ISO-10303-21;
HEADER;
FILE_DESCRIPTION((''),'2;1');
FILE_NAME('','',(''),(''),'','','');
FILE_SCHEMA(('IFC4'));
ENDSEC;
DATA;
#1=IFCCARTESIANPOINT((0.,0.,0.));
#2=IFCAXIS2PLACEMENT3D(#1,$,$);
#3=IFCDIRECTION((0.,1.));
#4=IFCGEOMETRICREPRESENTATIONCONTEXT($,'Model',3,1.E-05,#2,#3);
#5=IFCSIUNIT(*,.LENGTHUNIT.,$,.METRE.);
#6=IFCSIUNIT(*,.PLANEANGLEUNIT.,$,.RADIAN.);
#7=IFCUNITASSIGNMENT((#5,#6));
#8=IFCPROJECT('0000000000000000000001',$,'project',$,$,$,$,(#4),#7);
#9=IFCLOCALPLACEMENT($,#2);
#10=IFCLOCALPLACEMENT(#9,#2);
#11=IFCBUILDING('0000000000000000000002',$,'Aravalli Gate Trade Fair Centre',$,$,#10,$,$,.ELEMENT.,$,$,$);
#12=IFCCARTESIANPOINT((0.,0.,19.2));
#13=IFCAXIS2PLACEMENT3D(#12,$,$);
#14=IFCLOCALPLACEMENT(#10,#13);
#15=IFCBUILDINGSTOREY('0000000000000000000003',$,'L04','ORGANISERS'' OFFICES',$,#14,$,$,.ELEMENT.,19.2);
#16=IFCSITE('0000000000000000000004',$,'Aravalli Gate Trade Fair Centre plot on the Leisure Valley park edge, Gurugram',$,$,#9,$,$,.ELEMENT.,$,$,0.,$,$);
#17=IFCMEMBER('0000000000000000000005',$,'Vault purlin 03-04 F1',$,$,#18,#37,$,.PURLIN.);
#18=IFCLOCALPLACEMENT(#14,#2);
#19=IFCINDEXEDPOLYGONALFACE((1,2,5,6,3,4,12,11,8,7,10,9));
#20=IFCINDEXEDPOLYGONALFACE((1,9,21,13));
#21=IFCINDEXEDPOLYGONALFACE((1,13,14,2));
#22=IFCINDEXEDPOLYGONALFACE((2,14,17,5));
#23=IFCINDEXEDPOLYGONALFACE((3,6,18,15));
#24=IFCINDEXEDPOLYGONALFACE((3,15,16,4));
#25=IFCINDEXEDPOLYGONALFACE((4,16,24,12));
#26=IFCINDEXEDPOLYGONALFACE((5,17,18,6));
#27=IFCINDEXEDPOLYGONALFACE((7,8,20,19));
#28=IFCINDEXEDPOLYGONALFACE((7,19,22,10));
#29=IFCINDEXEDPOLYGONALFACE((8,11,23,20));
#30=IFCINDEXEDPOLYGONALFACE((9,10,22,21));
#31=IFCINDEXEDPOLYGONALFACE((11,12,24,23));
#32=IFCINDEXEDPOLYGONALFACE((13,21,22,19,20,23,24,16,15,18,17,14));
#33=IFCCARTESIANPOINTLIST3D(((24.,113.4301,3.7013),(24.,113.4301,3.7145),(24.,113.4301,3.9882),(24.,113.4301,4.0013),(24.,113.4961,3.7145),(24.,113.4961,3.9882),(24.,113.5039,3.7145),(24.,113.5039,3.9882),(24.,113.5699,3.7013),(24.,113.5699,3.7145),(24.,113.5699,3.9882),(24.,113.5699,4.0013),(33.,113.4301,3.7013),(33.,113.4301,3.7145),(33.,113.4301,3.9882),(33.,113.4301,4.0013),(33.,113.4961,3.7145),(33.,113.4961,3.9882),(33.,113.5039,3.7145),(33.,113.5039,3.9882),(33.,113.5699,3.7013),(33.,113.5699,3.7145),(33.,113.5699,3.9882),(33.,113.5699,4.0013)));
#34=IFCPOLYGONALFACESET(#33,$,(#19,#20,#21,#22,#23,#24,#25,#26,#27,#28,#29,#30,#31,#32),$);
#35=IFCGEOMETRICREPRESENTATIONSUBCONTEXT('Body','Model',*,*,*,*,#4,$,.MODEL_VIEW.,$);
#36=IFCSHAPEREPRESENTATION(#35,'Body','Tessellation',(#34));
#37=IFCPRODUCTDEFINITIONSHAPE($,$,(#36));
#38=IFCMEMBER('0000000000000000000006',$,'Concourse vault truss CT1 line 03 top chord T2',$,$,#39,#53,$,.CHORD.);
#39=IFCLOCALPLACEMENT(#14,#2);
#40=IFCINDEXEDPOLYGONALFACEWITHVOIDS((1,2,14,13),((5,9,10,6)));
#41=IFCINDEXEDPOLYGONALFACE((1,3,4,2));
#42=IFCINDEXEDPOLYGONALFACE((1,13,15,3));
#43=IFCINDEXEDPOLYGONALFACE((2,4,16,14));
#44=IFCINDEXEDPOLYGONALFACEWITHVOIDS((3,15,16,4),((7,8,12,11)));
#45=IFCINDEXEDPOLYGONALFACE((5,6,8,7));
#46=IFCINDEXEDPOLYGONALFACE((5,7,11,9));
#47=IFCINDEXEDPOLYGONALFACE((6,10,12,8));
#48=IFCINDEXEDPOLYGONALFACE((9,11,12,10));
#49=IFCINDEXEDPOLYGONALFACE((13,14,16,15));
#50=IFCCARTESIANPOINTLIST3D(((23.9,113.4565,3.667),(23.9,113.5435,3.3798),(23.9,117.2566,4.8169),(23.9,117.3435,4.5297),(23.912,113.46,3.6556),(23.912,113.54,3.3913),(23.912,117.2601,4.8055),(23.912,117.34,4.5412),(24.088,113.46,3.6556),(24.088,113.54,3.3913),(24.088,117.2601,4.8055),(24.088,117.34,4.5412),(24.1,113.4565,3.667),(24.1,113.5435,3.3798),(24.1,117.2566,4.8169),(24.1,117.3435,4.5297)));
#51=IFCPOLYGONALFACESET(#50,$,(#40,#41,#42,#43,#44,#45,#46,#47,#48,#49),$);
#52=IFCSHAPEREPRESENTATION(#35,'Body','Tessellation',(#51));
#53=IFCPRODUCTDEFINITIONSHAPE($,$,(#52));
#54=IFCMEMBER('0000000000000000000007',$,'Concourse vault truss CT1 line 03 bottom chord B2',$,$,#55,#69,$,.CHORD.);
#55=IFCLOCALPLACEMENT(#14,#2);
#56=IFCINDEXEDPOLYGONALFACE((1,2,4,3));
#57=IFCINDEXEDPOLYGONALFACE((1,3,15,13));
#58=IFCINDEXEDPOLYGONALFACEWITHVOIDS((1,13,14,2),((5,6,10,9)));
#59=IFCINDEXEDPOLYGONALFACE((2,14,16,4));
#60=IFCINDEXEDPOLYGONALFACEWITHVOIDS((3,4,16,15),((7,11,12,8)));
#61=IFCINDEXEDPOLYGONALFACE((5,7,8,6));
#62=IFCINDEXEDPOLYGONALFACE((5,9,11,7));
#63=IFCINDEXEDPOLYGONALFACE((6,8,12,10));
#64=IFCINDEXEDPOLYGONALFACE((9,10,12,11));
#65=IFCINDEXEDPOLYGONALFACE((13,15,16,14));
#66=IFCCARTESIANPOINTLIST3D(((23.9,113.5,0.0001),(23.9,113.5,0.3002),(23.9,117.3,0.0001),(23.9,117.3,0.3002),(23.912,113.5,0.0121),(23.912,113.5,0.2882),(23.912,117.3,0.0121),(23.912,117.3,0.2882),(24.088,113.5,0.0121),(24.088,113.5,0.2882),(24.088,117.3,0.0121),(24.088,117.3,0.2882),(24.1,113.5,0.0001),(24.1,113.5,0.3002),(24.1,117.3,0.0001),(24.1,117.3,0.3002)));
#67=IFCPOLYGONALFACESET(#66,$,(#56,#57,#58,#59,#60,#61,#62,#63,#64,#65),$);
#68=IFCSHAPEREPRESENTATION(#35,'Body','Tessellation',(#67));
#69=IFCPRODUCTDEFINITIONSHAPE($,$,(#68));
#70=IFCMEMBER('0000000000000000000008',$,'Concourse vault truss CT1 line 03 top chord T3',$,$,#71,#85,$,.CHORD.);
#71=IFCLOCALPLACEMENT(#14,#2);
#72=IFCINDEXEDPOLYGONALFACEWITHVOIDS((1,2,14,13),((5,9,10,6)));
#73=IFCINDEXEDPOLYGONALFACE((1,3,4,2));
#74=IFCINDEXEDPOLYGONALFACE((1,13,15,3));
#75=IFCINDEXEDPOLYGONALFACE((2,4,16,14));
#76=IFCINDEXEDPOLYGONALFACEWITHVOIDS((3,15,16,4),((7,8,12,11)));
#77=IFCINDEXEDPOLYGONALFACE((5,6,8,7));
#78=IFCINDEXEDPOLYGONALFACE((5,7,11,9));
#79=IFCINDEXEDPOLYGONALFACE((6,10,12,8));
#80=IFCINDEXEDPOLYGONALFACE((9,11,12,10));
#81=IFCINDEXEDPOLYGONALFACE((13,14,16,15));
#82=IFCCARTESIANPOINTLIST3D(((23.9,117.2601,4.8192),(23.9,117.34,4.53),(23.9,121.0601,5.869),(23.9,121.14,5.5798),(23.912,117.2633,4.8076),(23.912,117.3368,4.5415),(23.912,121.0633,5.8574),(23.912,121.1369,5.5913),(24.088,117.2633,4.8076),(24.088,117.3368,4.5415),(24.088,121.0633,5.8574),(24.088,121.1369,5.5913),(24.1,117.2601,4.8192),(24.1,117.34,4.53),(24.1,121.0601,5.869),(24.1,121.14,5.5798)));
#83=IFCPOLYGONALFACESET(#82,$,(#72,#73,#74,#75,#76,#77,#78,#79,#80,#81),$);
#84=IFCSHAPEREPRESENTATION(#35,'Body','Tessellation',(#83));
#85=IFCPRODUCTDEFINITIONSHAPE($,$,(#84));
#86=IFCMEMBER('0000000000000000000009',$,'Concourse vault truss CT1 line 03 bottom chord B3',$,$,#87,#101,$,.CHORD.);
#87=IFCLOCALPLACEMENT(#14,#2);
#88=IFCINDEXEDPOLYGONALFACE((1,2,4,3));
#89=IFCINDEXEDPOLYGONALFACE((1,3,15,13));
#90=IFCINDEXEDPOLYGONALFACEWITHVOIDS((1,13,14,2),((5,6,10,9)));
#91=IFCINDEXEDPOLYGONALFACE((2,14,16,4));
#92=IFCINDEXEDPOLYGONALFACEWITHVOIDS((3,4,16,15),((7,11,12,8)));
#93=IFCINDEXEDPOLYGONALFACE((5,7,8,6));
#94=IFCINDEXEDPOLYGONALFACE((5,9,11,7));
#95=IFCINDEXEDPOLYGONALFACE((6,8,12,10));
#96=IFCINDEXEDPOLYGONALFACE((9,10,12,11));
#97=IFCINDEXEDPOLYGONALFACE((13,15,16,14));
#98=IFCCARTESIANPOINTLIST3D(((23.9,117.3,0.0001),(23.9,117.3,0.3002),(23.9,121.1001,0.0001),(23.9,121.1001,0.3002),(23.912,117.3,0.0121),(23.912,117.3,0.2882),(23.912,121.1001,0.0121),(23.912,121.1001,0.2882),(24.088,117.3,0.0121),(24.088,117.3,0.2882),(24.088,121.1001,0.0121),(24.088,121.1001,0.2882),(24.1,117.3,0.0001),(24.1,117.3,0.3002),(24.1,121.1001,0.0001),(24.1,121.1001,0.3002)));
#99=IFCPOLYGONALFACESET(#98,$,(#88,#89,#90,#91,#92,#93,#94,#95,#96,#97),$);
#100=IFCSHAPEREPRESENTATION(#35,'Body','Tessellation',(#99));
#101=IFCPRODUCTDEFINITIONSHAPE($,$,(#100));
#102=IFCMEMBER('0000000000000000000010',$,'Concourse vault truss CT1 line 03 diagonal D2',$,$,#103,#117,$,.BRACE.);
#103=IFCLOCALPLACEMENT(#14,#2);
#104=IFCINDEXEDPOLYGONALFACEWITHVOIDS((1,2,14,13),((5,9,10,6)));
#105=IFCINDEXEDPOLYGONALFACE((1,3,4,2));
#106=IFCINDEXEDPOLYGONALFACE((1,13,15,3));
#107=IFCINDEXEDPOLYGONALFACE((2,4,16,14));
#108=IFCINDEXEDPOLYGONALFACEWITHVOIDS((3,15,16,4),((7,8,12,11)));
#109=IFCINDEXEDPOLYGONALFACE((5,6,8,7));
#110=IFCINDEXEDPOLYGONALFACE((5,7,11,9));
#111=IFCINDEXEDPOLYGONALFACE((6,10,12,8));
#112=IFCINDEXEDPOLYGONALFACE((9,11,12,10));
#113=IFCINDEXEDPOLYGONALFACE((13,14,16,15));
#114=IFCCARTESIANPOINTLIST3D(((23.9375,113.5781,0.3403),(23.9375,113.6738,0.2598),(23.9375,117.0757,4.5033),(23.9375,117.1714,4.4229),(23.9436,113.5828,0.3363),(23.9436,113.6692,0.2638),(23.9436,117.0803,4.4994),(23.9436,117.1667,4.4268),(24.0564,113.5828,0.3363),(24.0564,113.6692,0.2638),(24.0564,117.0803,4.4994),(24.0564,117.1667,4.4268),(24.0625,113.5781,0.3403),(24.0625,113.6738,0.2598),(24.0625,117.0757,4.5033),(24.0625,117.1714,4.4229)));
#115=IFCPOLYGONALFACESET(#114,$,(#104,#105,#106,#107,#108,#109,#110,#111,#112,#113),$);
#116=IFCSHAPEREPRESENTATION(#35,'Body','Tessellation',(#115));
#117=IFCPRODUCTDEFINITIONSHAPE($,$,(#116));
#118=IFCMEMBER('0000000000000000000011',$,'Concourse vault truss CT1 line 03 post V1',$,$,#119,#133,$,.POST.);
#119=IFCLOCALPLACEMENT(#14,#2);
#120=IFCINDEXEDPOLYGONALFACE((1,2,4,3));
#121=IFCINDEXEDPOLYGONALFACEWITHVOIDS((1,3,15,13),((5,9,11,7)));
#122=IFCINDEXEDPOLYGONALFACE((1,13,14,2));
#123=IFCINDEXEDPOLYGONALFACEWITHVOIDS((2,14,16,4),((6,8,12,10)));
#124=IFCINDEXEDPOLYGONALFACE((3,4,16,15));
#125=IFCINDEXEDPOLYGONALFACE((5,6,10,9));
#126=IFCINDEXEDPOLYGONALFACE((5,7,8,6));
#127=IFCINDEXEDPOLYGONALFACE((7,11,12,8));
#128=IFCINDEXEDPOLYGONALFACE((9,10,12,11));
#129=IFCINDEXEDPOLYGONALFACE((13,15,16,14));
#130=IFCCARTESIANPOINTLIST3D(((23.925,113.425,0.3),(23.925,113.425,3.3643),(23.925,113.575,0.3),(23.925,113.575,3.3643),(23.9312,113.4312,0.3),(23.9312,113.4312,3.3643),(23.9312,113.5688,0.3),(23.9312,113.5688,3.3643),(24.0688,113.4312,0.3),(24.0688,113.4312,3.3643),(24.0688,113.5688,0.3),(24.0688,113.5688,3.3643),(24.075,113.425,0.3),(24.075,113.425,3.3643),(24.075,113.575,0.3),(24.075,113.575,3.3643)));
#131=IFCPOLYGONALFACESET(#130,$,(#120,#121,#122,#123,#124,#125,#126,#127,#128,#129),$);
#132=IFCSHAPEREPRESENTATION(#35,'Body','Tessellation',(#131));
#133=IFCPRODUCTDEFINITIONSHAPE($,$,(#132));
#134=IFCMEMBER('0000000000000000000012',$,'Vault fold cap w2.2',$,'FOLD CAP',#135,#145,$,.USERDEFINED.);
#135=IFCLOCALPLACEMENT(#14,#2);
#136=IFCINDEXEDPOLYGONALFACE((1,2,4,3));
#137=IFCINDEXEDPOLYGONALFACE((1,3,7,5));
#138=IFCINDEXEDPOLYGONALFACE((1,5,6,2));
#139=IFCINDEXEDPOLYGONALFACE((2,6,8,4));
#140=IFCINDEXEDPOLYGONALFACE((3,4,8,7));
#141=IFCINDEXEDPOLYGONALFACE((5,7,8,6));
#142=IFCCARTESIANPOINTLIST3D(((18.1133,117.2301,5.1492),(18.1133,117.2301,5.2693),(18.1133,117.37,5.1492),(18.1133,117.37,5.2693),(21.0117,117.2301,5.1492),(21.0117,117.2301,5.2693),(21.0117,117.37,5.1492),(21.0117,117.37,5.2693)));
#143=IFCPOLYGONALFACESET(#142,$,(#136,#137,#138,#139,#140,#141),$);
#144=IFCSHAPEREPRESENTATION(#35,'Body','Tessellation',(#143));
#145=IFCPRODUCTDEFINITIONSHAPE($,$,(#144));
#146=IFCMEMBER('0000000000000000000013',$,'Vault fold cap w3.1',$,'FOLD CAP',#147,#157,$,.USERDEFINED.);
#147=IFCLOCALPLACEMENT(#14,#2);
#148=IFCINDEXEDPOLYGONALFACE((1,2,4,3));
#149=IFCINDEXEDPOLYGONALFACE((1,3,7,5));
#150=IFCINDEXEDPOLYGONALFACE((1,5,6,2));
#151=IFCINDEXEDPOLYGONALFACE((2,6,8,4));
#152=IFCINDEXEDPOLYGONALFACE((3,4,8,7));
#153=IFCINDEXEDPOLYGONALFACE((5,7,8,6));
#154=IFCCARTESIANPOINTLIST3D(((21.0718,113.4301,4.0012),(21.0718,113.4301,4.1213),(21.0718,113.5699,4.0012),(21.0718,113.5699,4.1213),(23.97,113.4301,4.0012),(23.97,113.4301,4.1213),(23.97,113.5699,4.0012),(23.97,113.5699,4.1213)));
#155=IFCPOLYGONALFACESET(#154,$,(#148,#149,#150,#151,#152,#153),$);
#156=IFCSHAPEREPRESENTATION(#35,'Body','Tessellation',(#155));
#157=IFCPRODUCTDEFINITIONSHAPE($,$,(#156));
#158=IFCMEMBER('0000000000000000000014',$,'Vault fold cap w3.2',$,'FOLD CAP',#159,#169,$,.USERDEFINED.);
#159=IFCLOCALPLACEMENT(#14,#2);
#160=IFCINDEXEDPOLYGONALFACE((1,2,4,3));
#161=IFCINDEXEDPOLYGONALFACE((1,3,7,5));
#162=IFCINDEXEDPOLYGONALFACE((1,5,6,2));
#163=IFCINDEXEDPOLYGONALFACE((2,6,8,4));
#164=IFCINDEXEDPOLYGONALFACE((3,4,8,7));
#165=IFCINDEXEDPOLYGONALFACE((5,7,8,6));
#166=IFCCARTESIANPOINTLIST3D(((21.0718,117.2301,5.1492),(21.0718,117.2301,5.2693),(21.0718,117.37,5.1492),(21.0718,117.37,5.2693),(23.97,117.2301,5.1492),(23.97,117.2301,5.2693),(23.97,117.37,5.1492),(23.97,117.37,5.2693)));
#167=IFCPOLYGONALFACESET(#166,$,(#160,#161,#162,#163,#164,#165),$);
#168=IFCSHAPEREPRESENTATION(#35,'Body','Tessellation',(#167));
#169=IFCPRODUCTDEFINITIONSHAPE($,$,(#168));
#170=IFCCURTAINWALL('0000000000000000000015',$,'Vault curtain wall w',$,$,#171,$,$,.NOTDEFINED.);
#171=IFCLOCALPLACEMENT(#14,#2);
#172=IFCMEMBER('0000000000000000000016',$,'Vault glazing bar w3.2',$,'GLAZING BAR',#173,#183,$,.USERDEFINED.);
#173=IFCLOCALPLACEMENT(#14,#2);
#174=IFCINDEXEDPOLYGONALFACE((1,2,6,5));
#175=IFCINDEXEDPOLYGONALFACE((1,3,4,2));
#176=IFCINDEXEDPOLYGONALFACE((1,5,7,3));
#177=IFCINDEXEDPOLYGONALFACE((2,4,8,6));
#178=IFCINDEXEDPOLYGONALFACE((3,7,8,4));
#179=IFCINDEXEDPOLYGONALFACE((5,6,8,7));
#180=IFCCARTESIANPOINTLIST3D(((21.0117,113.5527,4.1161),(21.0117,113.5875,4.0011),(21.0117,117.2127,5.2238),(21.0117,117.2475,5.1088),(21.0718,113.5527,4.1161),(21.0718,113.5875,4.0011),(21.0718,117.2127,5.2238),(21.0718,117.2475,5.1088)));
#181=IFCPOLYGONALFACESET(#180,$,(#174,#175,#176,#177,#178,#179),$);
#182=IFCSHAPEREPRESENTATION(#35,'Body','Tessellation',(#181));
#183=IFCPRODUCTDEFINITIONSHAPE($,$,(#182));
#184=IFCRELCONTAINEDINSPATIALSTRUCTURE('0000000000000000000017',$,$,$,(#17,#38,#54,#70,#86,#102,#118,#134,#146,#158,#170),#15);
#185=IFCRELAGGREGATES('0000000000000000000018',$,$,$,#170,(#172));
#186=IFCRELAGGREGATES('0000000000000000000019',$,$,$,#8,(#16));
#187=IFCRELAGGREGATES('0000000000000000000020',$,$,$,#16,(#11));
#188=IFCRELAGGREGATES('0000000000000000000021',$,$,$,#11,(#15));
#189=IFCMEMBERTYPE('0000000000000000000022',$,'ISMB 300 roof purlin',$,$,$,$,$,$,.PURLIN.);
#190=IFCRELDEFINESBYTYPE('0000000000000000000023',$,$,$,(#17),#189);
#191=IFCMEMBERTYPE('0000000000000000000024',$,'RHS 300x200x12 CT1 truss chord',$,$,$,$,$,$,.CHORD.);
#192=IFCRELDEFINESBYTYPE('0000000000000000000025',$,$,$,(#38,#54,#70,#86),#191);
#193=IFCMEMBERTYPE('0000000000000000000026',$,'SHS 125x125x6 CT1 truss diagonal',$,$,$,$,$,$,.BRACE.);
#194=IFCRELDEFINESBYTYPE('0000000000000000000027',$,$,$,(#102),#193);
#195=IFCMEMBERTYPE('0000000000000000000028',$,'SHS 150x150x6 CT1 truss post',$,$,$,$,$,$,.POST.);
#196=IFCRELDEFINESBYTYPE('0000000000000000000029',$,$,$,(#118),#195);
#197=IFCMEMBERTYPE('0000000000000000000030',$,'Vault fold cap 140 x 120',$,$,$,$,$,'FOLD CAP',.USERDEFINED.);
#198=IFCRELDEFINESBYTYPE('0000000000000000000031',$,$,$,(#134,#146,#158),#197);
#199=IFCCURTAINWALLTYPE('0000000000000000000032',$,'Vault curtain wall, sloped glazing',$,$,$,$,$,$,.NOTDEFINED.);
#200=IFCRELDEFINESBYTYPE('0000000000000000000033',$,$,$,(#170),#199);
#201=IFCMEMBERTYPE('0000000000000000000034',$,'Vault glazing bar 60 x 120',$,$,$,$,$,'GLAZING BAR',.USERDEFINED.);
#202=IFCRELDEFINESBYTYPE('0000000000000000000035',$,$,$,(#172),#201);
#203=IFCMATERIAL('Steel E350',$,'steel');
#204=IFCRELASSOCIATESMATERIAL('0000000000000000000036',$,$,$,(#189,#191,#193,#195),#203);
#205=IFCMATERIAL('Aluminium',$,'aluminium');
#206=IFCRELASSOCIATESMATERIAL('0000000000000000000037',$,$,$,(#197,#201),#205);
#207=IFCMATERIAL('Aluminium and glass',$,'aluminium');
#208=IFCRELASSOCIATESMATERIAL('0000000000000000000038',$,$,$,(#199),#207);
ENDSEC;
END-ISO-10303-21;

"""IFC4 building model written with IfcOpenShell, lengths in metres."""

from ifc_helpers import new_model, si_unit, direction, frame, origin, origin_2d, place, context, subcontext, project, spatial, rectangle, hollow_rectangle, i_section, extrude, material, material_profile, profile_set, type_object, element, aggregate, save


model = new_model("IFC4")

# Units and contexts
model_context = context("Model", 3, precision=1e-05, world=origin(), true_north=direction((0.0, 1.0)))
body_context = subcontext(model_context, "Body", "Model", "MODEL_VIEW")
ifc_project = project(units=[si_unit("LENGTHUNIT", "METRE"), si_unit("PLANEANGLEUNIT", "RADIAN")], contexts=[model_context])

# Site, building, storey
site_placement = place(None, origin())
site = spatial("IfcSite", under=ifc_project, at=site_placement, Name="Aravalli Gate Trade Fair Centre plot on the Leisure Valley park edge, Gurugram", CompositionType="ELEMENT", RefElevation=0.0)
building_placement = place(site_placement, origin())
building = spatial("IfcBuilding", under=site, at=building_placement, Name="Aravalli Gate Trade Fair Centre", CompositionType="ELEMENT")
storey_placement = place(building_placement, frame((0.0, 0.0, 19.2)))
storey = spatial("IfcBuildingStorey", under=building, at=storey_placement, Name="L04", Description="ORGANISERS' OFFICES", CompositionType="ELEMENT", Elevation=19.2)

# Members
ifc_material_1 = material(Name="Steel E350", Category="steel")
ifc_material_profile_1 = material_profile(ifc_material_1, i_section(OverallWidth=0.1399, OverallDepth=0.3, WebThickness=0.0078, FlangeThickness=0.0132, at=origin_2d()), Name="ISMB 300")
ifc_profile_set_1 = profile_set([ifc_material_profile_1], Name="Steel E350")
member_type_1 = type_object("IfcMemberType", Name="ISMB 300 roof purlin", PredefinedType="PURLIN", material=ifc_profile_set_1)
member_1_placement = place(storey_placement, frame((24.0, 113.5, 3.8513), z_axis=(1.0, 0.0, 0.0), x_axis=(0.0, 1.0, 0.0)))
element("IfcMember", 1, at=member_1_placement, inside=storey, type_object=member_type_1, Name="Vault purlin 03-04 F1", PredefinedType="PURLIN", context=body_context, shape_type="SweptSolid", body=[
    extrude(i_section(OverallWidth=0.1399, OverallDepth=0.3, WebThickness=0.0078, FlangeThickness=0.0132, at=origin_2d()), origin(), (0.0, 0.0, 1.0), 9.0),
])
ifc_material_profile_2 = material_profile(ifc_material_1, hollow_rectangle(XDim=0.2, YDim=0.3, WallThickness=0.012, at=origin_2d()), Name="RHS 300x200x12")
ifc_profile_set_2 = profile_set([ifc_material_profile_2], Name="Steel E350")
member_type_2 = type_object("IfcMemberType", Name="RHS 300x200x12 CT1 truss chord", PredefinedType="CHORD", material=ifc_profile_set_2)
member_2_placement = place(storey_placement, frame((24.0, 113.5, 3.5234), z_axis=(0.0, 0.957138, 0.289632), x_axis=(-1.0, 0.0, 0.0)))
element("IfcMember", 2, at=member_2_placement, inside=storey, type_object=member_type_2, Name="Concourse vault truss CT1 line 03 top chord T2", PredefinedType="CHORD", context=body_context, shape_type="SweptSolid", body=[
    extrude(hollow_rectangle(XDim=0.2, YDim=0.3, WallThickness=0.012, at=origin_2d()), origin(), (0.0, 0.0, 1.0), 3.9702),
])
member_3_placement = place(storey_placement, frame((24.0, 113.5, 0.1501), z_axis=(0.0, 1.0, 0.0), x_axis=(-1.0, 0.0, 0.0)))
element("IfcMember", 3, at=member_3_placement, inside=storey, type_object=member_type_2, Name="Concourse vault truss CT1 line 03 bottom chord B2", PredefinedType="CHORD", context=body_context, shape_type="SweptSolid", body=[
    extrude(hollow_rectangle(XDim=0.2, YDim=0.3, WallThickness=0.012, at=origin_2d()), origin(), (0.0, 0.0, 1.0), 3.8),
])
member_4_placement = place(storey_placement, frame((24.0, 117.3, 4.6746), z_axis=(0.0, 0.963894, 0.266286), x_axis=(-1.0, 0.0, 0.0)))
element("IfcMember", 4, at=member_4_placement, inside=storey, type_object=member_type_2, Name="Concourse vault truss CT1 line 03 top chord T3", PredefinedType="CHORD", context=body_context, shape_type="SweptSolid", body=[
    extrude(hollow_rectangle(XDim=0.2, YDim=0.3, WallThickness=0.012, at=origin_2d()), origin(), (0.0, 0.0, 1.0), 3.9424),
])
member_5_placement = place(storey_placement, frame((24.0, 117.3, 0.1501), z_axis=(0.0, 1.0, 0.0), x_axis=(-1.0, 0.0, 0.0)))
element("IfcMember", 5, at=member_5_placement, inside=storey, type_object=member_type_2, Name="Concourse vault truss CT1 line 03 bottom chord B3", PredefinedType="CHORD", context=body_context, shape_type="SweptSolid", body=[
    extrude(hollow_rectangle(XDim=0.2, YDim=0.3, WallThickness=0.012, at=origin_2d()), origin(), (0.0, 0.0, 1.0), 3.8),
])
ifc_material_profile_3 = material_profile(ifc_material_1, hollow_rectangle(XDim=0.125, YDim=0.125, WallThickness=0.0061, at=origin_2d()), Name="SHS 125x125x6")
ifc_profile_set_3 = profile_set([ifc_material_profile_3], Name="Steel E350")
member_type_3 = type_object("IfcMemberType", Name="SHS 125x125x6 CT1 truss diagonal", PredefinedType="BRACE", material=ifc_profile_set_3)
member_6_placement = place(storey_placement, frame((24.0, 113.626, 0.3), z_axis=(0.0, 0.643253, 0.765654), x_axis=(-1.0, 0.0, 0.0)))
element("IfcMember", 6, at=member_6_placement, inside=storey, type_object=member_type_3, Name="Concourse vault truss CT1 line 03 diagonal D2", PredefinedType="BRACE", context=body_context, shape_type="SweptSolid", body=[
    extrude(hollow_rectangle(XDim=0.125, YDim=0.125, WallThickness=0.0061, at=origin_2d()), origin(), (0.0, 0.0, 1.0), 5.4373),
])
ifc_material_profile_4 = material_profile(ifc_material_1, hollow_rectangle(XDim=0.1499, YDim=0.1499, WallThickness=0.0061, at=origin_2d()), Name="SHS 150x150x6")
ifc_profile_set_4 = profile_set([ifc_material_profile_4], Name="Steel E350")
member_type_4 = type_object("IfcMemberType", Name="SHS 150x150x6 CT1 truss post", PredefinedType="POST", material=ifc_profile_set_4)
member_7_placement = place(storey_placement, frame((24.0, 113.5, 0.3), z_axis=(0.0, 0.0, 1.0), x_axis=(1.0, 0.0, 0.0)))
element("IfcMember", 7, at=member_7_placement, inside=storey, type_object=member_type_4, Name="Concourse vault truss CT1 line 03 post V1", PredefinedType="POST", context=body_context, shape_type="SweptSolid", body=[
    extrude(hollow_rectangle(XDim=0.1499, YDim=0.1499, WallThickness=0.0061, at=origin_2d()), origin(), (0.0, 0.0, 1.0), 3.0642),
])
ifc_material_2 = material(Name="Aluminium", Category="aluminium")
ifc_material_profile_5 = material_profile(ifc_material_2, rectangle(XDim=0.1399, YDim=0.1201, at=origin_2d()), Name="Vault fold cap 140 x 120")
ifc_profile_set_5 = profile_set([ifc_material_profile_5], Name="Aluminium")
member_type_5 = type_object("IfcMemberType", Name="Vault fold cap 140 x 120", ElementType="FOLD CAP", PredefinedType="USERDEFINED", material=ifc_profile_set_5)
member_8_placement = place(storey_placement, frame((18.1133, 117.3, 5.2092), z_axis=(1.0, 0.0, 0.0), x_axis=(0.0, 1.0, 0.0)))
element("IfcMember", 8, at=member_8_placement, inside=storey, type_object=member_type_5, Name="Vault fold cap w2.2", ObjectType="FOLD CAP", PredefinedType="USERDEFINED", context=body_context, shape_type="SweptSolid", body=[
    extrude(rectangle(XDim=0.1399, YDim=0.1201, at=origin_2d()), origin(), (0.0, 0.0, 1.0), 2.8984),
])
for number, where, z_axis, x_axis, name in (
    (9, (21.0718, 113.5, 4.0613), (1.0, 0.0, 0.0), (0.0, 1.0, 0.0), "Vault fold cap w3.1"),
    (10, (21.0718, 117.3, 5.2092), (1.0, 0.0, 0.0), (0.0, 1.0, 0.0), "Vault fold cap w3.2"),
):
    element("IfcMember", number, at=place(storey_placement, frame(where, z_axis=z_axis, x_axis=x_axis)), inside=storey, type_object=member_type_5, Name=name, ObjectType="FOLD CAP", PredefinedType="USERDEFINED", context=body_context, shape_type="SweptSolid", body=[
        extrude(rectangle(XDim=0.1399, YDim=0.1201, at=origin_2d()), origin(), (0.0, 0.0, 1.0), 2.8982),
    ])

# Curtain wall, member
ifc_material_3 = material(Name="Aluminium and glass", Category="aluminium")
curtain_wall_type = type_object("IfcCurtainWallType", Name="Vault curtain wall, sloped glazing", PredefinedType="NOTDEFINED", material=ifc_material_3)
curtain_wall_placement = place(storey_placement, origin())
curtain_wall = element("IfcCurtainWall", 11, at=curtain_wall_placement, inside=storey, type_object=curtain_wall_type, Name="Vault curtain wall w", PredefinedType="NOTDEFINED")
ifc_material_profile_6 = material_profile(ifc_material_2, rectangle(XDim=0.0601, YDim=0.1201, at=origin_2d()), Name="Vault glazing bar 60 x 120")
ifc_profile_set_6 = profile_set([ifc_material_profile_6], Name="Aluminium")
member_type_6 = type_object("IfcMemberType", Name="Vault glazing bar 60 x 120", ElementType="GLAZING BAR", PredefinedType="USERDEFINED", material=ifc_profile_set_6)
member_9_placement = place(storey_placement, frame((21.0417, 113.5701, 4.0586), z_axis=(0.0, 0.957126, 0.289672), x_axis=(-1.0, 0.0, 0.0)))
member_9 = element("IfcMember", 12, at=member_9_placement, type_object=member_type_6, Name="Vault glazing bar w3.2", ObjectType="GLAZING BAR", PredefinedType="USERDEFINED", context=body_context, shape_type="SweptSolid", body=[
    extrude(rectangle(XDim=0.0601, YDim=0.1201, at=origin_2d()), origin(), (0.0, 0.0, 1.0), 3.824),
])
aggregate(curtain_wall, [member_9])

save(model, "model.ifc")
